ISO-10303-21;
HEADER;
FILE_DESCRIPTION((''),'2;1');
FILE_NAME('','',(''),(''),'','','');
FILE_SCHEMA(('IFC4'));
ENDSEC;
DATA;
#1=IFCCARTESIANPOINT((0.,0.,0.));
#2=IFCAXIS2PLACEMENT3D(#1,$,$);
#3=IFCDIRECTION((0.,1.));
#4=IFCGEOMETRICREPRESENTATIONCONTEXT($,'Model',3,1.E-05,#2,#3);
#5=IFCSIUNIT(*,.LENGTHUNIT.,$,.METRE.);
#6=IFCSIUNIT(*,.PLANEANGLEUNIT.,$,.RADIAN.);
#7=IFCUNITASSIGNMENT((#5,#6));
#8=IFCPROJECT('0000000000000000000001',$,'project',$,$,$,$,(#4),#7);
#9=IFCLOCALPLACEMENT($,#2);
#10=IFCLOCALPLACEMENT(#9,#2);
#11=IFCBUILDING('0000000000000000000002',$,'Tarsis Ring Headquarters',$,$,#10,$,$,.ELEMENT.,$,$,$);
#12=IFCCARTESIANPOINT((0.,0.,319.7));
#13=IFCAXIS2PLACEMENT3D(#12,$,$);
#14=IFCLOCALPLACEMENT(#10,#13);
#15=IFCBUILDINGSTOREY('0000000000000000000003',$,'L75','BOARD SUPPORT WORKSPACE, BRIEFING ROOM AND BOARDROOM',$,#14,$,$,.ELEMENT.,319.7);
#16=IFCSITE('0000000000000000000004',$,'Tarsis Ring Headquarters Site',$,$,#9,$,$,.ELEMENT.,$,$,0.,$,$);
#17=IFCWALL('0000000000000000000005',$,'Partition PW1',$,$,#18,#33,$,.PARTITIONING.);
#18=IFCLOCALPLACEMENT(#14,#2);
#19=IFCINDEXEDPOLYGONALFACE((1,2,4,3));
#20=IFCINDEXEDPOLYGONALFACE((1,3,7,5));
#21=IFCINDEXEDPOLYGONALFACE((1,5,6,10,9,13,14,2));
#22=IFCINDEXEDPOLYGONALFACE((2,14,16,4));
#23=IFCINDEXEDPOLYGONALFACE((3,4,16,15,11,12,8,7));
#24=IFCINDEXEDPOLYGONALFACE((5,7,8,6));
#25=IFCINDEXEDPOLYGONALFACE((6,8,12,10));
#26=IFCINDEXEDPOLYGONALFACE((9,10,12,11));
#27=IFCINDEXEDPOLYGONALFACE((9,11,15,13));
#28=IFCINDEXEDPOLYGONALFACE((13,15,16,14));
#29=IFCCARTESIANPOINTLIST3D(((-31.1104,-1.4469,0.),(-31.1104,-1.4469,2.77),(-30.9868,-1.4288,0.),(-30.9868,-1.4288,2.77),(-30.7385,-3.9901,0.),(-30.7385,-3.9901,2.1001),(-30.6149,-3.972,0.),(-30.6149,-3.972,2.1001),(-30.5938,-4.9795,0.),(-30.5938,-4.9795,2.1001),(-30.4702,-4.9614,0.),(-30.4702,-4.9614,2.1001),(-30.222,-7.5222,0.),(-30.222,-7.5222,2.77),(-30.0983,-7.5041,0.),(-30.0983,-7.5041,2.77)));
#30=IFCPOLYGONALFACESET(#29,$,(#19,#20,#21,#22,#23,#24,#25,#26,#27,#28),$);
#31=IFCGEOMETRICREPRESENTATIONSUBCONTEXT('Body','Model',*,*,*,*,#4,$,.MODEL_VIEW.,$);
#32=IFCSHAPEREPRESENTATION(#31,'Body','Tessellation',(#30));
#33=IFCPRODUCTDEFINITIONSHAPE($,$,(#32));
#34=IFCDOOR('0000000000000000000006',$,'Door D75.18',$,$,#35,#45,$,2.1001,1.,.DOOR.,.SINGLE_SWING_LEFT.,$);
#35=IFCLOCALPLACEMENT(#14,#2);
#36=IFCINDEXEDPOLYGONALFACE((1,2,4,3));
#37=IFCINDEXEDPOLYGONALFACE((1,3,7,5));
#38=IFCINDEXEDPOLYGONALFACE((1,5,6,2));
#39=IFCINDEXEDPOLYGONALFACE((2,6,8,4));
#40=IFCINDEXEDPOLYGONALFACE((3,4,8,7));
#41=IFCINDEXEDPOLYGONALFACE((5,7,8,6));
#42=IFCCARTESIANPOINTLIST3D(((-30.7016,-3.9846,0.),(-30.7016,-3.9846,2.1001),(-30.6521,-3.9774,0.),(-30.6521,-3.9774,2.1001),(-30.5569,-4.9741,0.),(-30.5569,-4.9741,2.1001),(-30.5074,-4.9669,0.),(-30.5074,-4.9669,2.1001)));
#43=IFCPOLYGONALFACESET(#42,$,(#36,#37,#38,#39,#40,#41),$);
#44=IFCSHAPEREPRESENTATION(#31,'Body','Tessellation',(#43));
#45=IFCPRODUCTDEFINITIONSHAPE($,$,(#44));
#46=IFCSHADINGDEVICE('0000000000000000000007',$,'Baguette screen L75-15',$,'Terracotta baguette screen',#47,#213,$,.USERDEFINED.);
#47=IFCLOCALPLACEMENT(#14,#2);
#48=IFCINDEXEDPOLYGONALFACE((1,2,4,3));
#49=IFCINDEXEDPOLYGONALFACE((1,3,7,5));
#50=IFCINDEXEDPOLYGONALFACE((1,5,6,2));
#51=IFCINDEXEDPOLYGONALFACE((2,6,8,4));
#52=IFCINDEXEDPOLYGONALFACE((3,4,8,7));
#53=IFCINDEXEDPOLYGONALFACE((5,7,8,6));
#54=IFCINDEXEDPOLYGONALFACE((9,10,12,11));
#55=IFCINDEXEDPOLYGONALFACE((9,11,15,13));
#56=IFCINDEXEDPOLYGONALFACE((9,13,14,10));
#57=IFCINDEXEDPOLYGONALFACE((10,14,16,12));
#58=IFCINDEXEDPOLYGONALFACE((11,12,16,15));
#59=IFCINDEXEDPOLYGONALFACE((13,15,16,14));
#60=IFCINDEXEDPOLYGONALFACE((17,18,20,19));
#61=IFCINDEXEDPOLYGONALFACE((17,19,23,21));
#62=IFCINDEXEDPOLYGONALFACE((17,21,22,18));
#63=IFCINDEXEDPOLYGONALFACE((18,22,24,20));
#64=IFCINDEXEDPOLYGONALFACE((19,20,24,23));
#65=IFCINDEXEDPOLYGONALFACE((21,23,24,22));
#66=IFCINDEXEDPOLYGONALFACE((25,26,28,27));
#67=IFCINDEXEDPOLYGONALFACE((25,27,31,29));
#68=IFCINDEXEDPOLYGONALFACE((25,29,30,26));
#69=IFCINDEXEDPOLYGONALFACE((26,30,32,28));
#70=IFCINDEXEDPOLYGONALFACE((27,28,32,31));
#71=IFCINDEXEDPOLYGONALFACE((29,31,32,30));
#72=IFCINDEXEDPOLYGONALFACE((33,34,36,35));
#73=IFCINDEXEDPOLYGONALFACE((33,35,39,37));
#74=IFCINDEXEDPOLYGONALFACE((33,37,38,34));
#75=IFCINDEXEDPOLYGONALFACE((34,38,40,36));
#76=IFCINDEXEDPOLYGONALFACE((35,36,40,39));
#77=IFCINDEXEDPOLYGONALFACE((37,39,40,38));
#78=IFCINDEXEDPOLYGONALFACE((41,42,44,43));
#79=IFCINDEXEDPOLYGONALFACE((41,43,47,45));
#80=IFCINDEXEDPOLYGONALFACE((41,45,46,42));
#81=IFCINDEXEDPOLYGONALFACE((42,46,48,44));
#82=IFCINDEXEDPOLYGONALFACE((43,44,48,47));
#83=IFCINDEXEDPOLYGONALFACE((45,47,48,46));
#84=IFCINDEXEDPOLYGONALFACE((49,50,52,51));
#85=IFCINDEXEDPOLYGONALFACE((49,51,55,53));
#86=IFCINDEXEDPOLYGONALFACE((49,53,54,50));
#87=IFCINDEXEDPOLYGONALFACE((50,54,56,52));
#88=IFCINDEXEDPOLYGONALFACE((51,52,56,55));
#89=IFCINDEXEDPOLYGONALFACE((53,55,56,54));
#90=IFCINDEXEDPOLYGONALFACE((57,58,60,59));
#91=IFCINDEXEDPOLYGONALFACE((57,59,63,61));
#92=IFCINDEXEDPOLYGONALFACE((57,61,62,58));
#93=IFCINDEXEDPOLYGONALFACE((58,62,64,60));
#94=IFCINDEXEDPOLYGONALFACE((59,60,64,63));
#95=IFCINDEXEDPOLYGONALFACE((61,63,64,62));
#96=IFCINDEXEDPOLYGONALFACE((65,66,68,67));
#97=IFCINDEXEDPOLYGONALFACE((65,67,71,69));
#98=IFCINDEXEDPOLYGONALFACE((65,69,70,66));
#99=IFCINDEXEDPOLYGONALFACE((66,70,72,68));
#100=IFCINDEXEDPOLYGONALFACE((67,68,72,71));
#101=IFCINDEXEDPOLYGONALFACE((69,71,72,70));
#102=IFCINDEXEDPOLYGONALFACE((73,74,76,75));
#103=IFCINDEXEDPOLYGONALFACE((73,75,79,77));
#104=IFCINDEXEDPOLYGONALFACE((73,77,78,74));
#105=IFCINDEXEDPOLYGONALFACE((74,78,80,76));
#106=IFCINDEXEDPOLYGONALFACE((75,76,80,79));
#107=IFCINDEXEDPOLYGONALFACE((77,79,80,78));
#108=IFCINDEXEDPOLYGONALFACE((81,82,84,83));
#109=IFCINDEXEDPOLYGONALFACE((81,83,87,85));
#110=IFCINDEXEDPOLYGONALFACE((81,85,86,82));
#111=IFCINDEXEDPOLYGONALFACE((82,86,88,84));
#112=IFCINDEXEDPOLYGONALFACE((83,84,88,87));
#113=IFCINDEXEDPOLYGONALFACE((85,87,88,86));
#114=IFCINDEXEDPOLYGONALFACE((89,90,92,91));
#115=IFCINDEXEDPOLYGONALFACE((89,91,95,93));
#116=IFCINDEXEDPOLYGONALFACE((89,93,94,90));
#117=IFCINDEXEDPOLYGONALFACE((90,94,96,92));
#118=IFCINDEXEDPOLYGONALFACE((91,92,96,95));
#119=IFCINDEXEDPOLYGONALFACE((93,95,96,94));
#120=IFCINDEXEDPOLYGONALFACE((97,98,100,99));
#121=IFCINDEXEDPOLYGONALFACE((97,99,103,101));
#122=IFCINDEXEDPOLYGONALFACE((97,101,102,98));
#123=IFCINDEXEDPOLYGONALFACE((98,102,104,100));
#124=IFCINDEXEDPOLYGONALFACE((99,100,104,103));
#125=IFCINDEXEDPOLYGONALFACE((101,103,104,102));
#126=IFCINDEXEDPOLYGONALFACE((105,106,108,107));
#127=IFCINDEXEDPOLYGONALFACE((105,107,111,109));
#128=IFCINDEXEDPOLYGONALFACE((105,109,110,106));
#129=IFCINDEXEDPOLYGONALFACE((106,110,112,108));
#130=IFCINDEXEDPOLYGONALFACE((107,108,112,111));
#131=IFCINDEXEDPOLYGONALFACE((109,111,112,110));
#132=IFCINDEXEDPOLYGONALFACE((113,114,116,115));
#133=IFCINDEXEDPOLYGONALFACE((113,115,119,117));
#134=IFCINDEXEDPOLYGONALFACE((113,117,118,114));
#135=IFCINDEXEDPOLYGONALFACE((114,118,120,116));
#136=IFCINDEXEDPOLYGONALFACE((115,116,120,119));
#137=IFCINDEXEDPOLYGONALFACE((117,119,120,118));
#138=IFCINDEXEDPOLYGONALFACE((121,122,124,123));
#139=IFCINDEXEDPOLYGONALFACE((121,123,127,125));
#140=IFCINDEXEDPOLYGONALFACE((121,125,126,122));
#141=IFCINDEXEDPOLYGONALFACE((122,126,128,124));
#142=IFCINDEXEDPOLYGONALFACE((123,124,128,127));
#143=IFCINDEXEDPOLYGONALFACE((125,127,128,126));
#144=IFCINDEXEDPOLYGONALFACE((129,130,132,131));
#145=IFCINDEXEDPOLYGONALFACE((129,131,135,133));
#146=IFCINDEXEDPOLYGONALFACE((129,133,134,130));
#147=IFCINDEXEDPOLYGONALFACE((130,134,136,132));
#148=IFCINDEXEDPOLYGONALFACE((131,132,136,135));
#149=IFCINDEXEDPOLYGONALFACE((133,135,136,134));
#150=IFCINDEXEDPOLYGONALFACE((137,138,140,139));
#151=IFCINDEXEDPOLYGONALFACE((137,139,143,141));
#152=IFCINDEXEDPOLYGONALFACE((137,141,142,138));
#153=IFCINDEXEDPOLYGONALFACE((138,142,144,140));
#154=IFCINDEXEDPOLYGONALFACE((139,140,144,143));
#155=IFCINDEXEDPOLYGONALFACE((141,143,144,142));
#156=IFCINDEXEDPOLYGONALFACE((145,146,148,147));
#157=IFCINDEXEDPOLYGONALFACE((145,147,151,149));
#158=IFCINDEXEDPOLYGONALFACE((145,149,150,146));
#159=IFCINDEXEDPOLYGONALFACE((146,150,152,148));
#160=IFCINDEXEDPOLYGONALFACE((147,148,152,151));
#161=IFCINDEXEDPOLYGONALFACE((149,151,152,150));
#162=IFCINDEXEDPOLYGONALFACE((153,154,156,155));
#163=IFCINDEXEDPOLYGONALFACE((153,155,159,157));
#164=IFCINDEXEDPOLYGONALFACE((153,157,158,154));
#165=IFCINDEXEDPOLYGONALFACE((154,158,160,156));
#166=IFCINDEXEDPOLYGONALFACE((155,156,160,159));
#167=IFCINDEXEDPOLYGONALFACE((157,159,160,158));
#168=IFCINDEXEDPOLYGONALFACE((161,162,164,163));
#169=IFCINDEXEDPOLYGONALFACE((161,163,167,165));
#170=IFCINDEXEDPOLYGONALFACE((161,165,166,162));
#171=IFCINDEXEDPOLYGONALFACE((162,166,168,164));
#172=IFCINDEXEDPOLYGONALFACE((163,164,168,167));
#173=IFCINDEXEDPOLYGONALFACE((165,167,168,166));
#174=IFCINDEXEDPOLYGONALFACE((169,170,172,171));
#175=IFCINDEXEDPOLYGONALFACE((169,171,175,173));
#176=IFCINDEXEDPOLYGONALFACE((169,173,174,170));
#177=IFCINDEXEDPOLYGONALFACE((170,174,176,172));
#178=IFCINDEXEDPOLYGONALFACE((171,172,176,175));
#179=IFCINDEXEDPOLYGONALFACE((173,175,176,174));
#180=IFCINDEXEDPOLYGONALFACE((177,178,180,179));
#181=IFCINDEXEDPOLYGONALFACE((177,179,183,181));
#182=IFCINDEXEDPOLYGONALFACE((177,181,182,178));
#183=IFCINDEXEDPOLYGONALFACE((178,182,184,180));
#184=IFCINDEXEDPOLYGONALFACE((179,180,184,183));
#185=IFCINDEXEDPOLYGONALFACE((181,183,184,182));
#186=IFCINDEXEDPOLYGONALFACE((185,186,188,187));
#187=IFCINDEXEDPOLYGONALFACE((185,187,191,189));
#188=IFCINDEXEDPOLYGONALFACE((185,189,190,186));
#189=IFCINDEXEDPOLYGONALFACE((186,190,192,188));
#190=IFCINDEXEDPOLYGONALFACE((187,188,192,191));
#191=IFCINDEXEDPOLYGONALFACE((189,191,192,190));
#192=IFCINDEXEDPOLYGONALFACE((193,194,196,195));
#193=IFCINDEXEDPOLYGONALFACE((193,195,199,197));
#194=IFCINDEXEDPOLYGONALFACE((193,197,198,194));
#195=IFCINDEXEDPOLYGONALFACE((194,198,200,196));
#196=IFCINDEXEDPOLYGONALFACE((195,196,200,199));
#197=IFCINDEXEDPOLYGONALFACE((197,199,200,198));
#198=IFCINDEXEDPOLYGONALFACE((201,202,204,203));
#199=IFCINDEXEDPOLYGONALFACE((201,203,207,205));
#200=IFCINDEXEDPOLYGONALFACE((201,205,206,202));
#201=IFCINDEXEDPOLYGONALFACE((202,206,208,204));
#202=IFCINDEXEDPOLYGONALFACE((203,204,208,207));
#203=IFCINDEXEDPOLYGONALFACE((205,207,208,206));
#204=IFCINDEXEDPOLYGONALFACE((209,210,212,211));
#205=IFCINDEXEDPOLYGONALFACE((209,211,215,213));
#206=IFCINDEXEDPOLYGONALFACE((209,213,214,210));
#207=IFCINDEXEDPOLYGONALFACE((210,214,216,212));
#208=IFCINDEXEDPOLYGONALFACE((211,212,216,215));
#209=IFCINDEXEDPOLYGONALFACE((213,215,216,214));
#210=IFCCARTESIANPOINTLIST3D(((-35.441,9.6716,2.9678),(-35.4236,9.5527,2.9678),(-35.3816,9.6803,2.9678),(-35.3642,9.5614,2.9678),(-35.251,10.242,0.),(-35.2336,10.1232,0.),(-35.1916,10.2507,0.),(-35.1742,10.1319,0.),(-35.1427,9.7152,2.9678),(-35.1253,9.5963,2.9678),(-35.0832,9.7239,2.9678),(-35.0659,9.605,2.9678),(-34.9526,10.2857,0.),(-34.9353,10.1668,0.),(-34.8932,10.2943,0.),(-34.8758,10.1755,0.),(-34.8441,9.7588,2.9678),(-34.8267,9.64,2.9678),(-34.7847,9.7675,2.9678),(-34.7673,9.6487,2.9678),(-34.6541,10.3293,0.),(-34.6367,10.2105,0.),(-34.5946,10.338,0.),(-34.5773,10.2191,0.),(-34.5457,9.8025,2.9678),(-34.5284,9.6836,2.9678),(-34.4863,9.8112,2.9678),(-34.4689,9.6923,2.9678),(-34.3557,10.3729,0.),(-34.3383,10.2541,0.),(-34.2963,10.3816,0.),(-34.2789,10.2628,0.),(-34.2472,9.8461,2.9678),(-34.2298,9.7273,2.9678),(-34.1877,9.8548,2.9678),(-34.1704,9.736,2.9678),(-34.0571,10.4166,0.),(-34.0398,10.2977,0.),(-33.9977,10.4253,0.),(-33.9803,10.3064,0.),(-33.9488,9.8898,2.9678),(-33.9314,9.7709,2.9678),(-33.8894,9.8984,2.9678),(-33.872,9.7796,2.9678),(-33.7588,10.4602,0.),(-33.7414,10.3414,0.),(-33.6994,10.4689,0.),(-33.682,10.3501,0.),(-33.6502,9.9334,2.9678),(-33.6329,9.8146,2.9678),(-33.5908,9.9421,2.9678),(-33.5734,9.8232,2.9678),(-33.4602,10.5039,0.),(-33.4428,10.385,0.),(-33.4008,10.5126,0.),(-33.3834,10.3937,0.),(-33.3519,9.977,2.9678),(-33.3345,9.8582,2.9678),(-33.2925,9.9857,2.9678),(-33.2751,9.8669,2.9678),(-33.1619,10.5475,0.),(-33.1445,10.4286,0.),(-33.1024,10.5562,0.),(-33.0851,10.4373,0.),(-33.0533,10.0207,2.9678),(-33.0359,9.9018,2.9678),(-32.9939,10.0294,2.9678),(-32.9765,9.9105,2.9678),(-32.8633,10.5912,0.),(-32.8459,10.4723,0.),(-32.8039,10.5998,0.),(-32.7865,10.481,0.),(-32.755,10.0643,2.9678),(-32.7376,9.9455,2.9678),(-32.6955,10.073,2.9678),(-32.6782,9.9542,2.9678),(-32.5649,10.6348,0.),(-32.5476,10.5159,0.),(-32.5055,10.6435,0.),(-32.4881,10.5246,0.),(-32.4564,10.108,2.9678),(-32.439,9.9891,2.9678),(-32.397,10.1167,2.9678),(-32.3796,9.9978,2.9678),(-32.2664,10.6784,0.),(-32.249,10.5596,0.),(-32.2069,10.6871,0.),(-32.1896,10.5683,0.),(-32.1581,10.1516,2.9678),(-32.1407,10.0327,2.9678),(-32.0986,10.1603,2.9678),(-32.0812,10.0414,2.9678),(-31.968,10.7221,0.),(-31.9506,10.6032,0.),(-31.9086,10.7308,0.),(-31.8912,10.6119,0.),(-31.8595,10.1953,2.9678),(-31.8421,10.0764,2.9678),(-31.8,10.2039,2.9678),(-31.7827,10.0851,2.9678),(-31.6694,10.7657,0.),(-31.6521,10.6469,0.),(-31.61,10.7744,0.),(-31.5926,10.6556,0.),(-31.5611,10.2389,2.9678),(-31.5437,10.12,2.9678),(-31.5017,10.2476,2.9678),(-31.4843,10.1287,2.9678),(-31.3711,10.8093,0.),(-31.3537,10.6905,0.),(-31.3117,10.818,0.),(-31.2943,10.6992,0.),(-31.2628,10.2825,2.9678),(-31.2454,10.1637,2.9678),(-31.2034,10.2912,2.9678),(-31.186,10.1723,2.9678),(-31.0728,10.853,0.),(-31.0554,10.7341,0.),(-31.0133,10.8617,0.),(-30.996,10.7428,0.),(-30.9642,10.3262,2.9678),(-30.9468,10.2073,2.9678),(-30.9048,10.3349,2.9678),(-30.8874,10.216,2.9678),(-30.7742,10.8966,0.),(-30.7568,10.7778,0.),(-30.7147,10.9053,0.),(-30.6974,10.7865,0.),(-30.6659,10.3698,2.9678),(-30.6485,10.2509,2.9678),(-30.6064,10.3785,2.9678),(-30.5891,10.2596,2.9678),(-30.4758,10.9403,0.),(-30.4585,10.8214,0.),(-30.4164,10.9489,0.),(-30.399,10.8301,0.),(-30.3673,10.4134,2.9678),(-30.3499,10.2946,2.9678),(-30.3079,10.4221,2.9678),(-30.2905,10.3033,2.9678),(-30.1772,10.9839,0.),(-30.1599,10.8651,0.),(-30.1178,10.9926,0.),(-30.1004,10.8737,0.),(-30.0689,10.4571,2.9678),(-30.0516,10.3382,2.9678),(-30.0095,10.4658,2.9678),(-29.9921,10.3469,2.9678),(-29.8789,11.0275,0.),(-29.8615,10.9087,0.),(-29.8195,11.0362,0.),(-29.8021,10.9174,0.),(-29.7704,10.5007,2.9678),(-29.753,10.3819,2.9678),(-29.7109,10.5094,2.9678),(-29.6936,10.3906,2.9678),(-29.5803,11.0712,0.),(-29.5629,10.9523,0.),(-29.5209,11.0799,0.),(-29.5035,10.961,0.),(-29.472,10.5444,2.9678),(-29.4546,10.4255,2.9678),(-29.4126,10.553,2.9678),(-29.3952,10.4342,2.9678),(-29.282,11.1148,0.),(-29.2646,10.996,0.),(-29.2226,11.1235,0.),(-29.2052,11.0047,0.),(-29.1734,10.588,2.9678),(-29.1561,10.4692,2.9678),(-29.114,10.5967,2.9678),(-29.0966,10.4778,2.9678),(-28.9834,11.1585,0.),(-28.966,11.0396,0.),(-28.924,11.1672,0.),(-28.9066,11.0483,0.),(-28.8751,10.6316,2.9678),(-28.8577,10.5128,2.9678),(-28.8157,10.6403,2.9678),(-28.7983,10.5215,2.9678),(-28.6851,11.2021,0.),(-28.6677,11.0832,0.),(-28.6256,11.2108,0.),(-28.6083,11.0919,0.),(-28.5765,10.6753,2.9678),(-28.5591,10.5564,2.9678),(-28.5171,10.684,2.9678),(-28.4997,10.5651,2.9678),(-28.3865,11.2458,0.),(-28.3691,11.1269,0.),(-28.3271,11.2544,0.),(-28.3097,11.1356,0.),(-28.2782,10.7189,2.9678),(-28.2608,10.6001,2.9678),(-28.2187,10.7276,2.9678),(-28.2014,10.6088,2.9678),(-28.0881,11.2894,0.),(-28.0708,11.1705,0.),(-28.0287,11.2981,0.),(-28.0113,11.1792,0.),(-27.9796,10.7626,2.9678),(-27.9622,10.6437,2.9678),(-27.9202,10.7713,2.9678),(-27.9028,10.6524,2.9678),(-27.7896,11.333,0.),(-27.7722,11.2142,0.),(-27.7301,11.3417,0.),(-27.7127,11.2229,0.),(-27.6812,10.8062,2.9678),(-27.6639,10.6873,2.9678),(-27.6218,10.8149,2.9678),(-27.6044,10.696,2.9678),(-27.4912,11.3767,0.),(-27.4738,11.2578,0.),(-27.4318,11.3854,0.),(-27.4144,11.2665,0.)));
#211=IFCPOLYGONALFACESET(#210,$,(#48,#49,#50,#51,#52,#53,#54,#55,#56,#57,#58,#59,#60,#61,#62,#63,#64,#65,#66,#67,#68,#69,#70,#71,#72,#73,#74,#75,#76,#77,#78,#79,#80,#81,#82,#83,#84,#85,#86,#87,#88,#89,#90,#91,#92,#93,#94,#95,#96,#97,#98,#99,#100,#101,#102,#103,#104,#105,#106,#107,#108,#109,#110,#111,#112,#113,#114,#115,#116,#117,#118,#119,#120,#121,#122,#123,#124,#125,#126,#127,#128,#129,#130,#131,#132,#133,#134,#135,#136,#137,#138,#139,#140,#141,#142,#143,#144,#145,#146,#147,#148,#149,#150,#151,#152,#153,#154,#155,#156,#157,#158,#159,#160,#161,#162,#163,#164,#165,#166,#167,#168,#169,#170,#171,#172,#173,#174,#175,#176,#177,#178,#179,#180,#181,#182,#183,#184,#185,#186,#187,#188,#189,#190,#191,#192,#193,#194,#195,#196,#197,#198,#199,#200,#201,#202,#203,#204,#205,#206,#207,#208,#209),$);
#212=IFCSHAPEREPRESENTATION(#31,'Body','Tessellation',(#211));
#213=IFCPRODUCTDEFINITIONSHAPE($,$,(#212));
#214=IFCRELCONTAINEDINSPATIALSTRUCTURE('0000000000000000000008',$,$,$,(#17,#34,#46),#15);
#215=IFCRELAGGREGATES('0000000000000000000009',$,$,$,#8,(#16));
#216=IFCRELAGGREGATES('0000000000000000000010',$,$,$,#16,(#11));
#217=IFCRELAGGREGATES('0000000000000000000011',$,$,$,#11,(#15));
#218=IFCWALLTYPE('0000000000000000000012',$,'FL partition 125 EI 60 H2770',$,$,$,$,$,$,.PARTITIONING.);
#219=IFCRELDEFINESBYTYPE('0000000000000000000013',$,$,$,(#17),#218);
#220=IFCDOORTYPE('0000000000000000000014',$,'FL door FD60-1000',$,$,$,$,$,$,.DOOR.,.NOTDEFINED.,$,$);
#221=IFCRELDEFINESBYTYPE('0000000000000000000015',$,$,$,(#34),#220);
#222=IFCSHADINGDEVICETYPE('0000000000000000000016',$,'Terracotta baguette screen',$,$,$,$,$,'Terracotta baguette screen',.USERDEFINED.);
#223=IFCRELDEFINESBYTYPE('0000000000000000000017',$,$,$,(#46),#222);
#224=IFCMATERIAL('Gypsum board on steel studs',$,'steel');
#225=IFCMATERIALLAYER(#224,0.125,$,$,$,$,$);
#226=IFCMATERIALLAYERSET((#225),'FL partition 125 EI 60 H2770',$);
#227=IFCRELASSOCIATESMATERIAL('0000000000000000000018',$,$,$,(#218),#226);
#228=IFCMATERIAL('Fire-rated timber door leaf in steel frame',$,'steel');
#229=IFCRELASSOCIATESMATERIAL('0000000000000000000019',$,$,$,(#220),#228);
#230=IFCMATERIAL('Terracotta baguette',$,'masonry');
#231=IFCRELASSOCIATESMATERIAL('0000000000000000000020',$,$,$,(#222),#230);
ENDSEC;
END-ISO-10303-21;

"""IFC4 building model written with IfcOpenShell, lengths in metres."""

from ifc_helpers import new_model, si_unit, direction, frame, frame_2d, origin, place, context, subcontext, project, spatial, rectangle, composite_profile, extrude, material, layer, layer_set, type_object, element, fill, save


model = new_model("IFC4")

# Units and contexts
model_context = context("Model", 3, precision=1e-05, world=origin(), true_north=direction((0.0, 1.0)))
body_context = subcontext(model_context, "Body", "Model", "MODEL_VIEW")
ifc_project = project(units=[si_unit("LENGTHUNIT", "METRE"), si_unit("PLANEANGLEUNIT", "RADIAN")], contexts=[model_context])

# Site, building, storey
site_placement = place(None, origin())
site = spatial("IfcSite", under=ifc_project, at=site_placement, Name="Tarsis Ring Headquarters Site", CompositionType="ELEMENT", RefElevation=0.0)
building_placement = place(site_placement, origin())
building = spatial("IfcBuilding", under=site, at=building_placement, Name="Tarsis Ring Headquarters", CompositionType="ELEMENT")
storey_placement = place(building_placement, frame((0.0, 0.0, 319.7)))
storey = spatial("IfcBuildingStorey", under=building, at=storey_placement, Name="L75", Description="BOARD SUPPORT WORKSPACE, BRIEFING ROOM AND BOARDROOM", CompositionType="ELEMENT", Elevation=319.7)

# Shared definitions
ifc_material_1 = material(Name="Gypsum board on steel studs", Category="steel")

# Shared definitions
ifc_layer_1 = layer(ifc_material_1, 0.125)
ifc_layer_set_1 = layer_set([ifc_layer_1], Name="FL partition 125 EI 60 H2770")
wall_type_1 = type_object("IfcWallType", Name="FL partition 125 EI 60 H2770", PredefinedType="PARTITIONING", material=ifc_layer_set_1)
ifc_material_2 = material(Name="Fire-rated timber door leaf in steel frame", Category="steel")
door_type = type_object("IfcDoorType", Name="FL door FD60-1000", OperationType="NOTDEFINED", PredefinedType="DOOR", material=ifc_material_2)

# Wall, opening, door
wall_1_placement = place(storey_placement, frame((-31.0486, -1.438, 0.0), z_axis=(0.0, 0.0, 1.0), x_axis=(0.144699, -0.989476, 0.0)))
wall_1 = element("IfcWall", 1, at=wall_1_placement, inside=storey, type_object=wall_type_1, Name="Partition PW1", PredefinedType="PARTITIONING", context=body_context, shape_type="SweptSolid", body=[
    extrude(rectangle(XDim=6.1399, YDim=0.125, at=frame_2d((3.0698, 0.0))), origin(), (0.0, 0.0, 1.0), 2.77),
])
opening_1_placement = place(wall_1_placement, frame((2.5701, 0.0, 0.0)))
opening_1 = element("IfcOpeningElement", 2, at=opening_1_placement, cuts=wall_1, PredefinedType="OPENING", context=body_context, shape_type="SweptSolid", body=[
    extrude(rectangle(XDim=1.0, YDim=2.1001, at=frame_2d((0.5, 1.05))), frame((0.0, 0.0725, 0.0), z_axis=(0.0, -1.0, 0.0), x_axis=(1.0, 0.0, 0.0)), (0.0, 0.0, 1.0), 0.145),
])
door_1_placement = place(opening_1_placement, origin())
door_1 = element("IfcDoor", 3, at=door_1_placement, inside=storey, type_object=door_type, Name="Door D75.18", OperationType="SINGLE_SWING_LEFT", OverallHeight=2.1001, OverallWidth=1.0, PredefinedType="DOOR", context=body_context, shape_type="SweptSolid", body=[
    extrude(rectangle(XDim=1.0, YDim=2.1001, at=frame_2d((0.5, 1.05))), frame((0.0, 0.0249, 0.0), z_axis=(0.0, -1.0, 0.0), x_axis=(1.0, 0.0, 0.0)), (0.0, 0.0, 1.0), 0.05),
])
fill(opening_1, door_1)

# Shading device
ifc_material_3 = material(Name="Terracotta baguette", Category="masonry")
shading_device_type_1 = type_object("IfcShadingDeviceType", Name="Terracotta baguette screen", ElementType="Terracotta baguette screen", PredefinedType="USERDEFINED", material=ifc_material_3)
shading_device_1_placement = place(storey_placement, frame((-27.4231, 11.3259, 0.0), z_axis=(0.0, 0.0, 1.0), x_axis=(-0.989465, -0.14468, 0.0)))
element("IfcShadingDevice", 4, at=shading_device_1_placement, inside=storey, type_object=shading_device_type_1, Name="Baguette screen L75-15", ObjectType="Terracotta baguette screen", PredefinedType="USERDEFINED", context=body_context, shape_type="SweptSolid", body=[
    extrude(composite_profile([rectangle(XDim=0.0601, YDim=0.1201, at=frame_2d((0.03, 0.0))), rectangle(XDim=0.0601, YDim=0.1201, at=frame_2d((0.3315, 0.0))), rectangle(XDim=0.0601, YDim=0.1201, at=frame_2d((0.6333, 0.0))), rectangle(XDim=0.0601, YDim=0.1201, at=frame_2d((0.9348, 0.0))), rectangle(XDim=0.0601, YDim=0.1201, at=frame_2d((1.2366, 0.0))), rectangle(XDim=0.0601, YDim=0.1201, at=frame_2d((1.5381, 0.0))), rectangle(XDim=0.0601, YDim=0.1201, at=frame_2d((1.8398, 0.0))), rectangle(XDim=0.0601, YDim=0.1201, at=frame_2d((2.1414, 0.0))), rectangle(XDim=0.0601, YDim=0.1201, at=frame_2d((2.4431, 0.0))), rectangle(XDim=0.0601, YDim=0.1201, at=frame_2d((2.7446, 0.0))), rectangle(XDim=0.0601, YDim=0.1201, at=frame_2d((3.0464, 0.0))), rectangle(XDim=0.0601, YDim=0.1201, at=frame_2d((3.3479, 0.0))), rectangle(XDim=0.0601, YDim=0.1201, at=frame_2d((3.6497, 0.0))), rectangle(XDim=0.0601, YDim=0.1201, at=frame_2d((3.9512, 0.0))), rectangle(XDim=0.0601, YDim=0.1201, at=frame_2d((4.2527, 0.0))), rectangle(XDim=0.0601, YDim=0.1201, at=frame_2d((4.5544, 0.0))), rectangle(XDim=0.0601, YDim=0.1201, at=frame_2d((4.856, 0.0))), rectangle(XDim=0.0601, YDim=0.1201, at=frame_2d((5.1577, 0.0))), rectangle(XDim=0.0601, YDim=0.1201, at=frame_2d((5.4592, 0.0))), rectangle(XDim=0.0601, YDim=0.1201, at=frame_2d((5.761, 0.0))), rectangle(XDim=0.0601, YDim=0.1201, at=frame_2d((6.0625, 0.0))), rectangle(XDim=0.0601, YDim=0.1201, at=frame_2d((6.3643, 0.0))), rectangle(XDim=0.0601, YDim=0.1201, at=frame_2d((6.6658, 0.0))), rectangle(XDim=0.0601, YDim=0.1201, at=frame_2d((6.9675, 0.0))), rectangle(XDim=0.0601, YDim=0.1201, at=frame_2d((7.269, 0.0))), rectangle(XDim=0.0601, YDim=0.1201, at=frame_2d((7.5708, 0.0))), rectangle(XDim=0.0601, YDim=0.1201, at=frame_2d((7.8723, 0.0)))]), origin(), (0.089353, 0.17733, 0.980087), 3.0281),
])

save(model, "model.ifc")
